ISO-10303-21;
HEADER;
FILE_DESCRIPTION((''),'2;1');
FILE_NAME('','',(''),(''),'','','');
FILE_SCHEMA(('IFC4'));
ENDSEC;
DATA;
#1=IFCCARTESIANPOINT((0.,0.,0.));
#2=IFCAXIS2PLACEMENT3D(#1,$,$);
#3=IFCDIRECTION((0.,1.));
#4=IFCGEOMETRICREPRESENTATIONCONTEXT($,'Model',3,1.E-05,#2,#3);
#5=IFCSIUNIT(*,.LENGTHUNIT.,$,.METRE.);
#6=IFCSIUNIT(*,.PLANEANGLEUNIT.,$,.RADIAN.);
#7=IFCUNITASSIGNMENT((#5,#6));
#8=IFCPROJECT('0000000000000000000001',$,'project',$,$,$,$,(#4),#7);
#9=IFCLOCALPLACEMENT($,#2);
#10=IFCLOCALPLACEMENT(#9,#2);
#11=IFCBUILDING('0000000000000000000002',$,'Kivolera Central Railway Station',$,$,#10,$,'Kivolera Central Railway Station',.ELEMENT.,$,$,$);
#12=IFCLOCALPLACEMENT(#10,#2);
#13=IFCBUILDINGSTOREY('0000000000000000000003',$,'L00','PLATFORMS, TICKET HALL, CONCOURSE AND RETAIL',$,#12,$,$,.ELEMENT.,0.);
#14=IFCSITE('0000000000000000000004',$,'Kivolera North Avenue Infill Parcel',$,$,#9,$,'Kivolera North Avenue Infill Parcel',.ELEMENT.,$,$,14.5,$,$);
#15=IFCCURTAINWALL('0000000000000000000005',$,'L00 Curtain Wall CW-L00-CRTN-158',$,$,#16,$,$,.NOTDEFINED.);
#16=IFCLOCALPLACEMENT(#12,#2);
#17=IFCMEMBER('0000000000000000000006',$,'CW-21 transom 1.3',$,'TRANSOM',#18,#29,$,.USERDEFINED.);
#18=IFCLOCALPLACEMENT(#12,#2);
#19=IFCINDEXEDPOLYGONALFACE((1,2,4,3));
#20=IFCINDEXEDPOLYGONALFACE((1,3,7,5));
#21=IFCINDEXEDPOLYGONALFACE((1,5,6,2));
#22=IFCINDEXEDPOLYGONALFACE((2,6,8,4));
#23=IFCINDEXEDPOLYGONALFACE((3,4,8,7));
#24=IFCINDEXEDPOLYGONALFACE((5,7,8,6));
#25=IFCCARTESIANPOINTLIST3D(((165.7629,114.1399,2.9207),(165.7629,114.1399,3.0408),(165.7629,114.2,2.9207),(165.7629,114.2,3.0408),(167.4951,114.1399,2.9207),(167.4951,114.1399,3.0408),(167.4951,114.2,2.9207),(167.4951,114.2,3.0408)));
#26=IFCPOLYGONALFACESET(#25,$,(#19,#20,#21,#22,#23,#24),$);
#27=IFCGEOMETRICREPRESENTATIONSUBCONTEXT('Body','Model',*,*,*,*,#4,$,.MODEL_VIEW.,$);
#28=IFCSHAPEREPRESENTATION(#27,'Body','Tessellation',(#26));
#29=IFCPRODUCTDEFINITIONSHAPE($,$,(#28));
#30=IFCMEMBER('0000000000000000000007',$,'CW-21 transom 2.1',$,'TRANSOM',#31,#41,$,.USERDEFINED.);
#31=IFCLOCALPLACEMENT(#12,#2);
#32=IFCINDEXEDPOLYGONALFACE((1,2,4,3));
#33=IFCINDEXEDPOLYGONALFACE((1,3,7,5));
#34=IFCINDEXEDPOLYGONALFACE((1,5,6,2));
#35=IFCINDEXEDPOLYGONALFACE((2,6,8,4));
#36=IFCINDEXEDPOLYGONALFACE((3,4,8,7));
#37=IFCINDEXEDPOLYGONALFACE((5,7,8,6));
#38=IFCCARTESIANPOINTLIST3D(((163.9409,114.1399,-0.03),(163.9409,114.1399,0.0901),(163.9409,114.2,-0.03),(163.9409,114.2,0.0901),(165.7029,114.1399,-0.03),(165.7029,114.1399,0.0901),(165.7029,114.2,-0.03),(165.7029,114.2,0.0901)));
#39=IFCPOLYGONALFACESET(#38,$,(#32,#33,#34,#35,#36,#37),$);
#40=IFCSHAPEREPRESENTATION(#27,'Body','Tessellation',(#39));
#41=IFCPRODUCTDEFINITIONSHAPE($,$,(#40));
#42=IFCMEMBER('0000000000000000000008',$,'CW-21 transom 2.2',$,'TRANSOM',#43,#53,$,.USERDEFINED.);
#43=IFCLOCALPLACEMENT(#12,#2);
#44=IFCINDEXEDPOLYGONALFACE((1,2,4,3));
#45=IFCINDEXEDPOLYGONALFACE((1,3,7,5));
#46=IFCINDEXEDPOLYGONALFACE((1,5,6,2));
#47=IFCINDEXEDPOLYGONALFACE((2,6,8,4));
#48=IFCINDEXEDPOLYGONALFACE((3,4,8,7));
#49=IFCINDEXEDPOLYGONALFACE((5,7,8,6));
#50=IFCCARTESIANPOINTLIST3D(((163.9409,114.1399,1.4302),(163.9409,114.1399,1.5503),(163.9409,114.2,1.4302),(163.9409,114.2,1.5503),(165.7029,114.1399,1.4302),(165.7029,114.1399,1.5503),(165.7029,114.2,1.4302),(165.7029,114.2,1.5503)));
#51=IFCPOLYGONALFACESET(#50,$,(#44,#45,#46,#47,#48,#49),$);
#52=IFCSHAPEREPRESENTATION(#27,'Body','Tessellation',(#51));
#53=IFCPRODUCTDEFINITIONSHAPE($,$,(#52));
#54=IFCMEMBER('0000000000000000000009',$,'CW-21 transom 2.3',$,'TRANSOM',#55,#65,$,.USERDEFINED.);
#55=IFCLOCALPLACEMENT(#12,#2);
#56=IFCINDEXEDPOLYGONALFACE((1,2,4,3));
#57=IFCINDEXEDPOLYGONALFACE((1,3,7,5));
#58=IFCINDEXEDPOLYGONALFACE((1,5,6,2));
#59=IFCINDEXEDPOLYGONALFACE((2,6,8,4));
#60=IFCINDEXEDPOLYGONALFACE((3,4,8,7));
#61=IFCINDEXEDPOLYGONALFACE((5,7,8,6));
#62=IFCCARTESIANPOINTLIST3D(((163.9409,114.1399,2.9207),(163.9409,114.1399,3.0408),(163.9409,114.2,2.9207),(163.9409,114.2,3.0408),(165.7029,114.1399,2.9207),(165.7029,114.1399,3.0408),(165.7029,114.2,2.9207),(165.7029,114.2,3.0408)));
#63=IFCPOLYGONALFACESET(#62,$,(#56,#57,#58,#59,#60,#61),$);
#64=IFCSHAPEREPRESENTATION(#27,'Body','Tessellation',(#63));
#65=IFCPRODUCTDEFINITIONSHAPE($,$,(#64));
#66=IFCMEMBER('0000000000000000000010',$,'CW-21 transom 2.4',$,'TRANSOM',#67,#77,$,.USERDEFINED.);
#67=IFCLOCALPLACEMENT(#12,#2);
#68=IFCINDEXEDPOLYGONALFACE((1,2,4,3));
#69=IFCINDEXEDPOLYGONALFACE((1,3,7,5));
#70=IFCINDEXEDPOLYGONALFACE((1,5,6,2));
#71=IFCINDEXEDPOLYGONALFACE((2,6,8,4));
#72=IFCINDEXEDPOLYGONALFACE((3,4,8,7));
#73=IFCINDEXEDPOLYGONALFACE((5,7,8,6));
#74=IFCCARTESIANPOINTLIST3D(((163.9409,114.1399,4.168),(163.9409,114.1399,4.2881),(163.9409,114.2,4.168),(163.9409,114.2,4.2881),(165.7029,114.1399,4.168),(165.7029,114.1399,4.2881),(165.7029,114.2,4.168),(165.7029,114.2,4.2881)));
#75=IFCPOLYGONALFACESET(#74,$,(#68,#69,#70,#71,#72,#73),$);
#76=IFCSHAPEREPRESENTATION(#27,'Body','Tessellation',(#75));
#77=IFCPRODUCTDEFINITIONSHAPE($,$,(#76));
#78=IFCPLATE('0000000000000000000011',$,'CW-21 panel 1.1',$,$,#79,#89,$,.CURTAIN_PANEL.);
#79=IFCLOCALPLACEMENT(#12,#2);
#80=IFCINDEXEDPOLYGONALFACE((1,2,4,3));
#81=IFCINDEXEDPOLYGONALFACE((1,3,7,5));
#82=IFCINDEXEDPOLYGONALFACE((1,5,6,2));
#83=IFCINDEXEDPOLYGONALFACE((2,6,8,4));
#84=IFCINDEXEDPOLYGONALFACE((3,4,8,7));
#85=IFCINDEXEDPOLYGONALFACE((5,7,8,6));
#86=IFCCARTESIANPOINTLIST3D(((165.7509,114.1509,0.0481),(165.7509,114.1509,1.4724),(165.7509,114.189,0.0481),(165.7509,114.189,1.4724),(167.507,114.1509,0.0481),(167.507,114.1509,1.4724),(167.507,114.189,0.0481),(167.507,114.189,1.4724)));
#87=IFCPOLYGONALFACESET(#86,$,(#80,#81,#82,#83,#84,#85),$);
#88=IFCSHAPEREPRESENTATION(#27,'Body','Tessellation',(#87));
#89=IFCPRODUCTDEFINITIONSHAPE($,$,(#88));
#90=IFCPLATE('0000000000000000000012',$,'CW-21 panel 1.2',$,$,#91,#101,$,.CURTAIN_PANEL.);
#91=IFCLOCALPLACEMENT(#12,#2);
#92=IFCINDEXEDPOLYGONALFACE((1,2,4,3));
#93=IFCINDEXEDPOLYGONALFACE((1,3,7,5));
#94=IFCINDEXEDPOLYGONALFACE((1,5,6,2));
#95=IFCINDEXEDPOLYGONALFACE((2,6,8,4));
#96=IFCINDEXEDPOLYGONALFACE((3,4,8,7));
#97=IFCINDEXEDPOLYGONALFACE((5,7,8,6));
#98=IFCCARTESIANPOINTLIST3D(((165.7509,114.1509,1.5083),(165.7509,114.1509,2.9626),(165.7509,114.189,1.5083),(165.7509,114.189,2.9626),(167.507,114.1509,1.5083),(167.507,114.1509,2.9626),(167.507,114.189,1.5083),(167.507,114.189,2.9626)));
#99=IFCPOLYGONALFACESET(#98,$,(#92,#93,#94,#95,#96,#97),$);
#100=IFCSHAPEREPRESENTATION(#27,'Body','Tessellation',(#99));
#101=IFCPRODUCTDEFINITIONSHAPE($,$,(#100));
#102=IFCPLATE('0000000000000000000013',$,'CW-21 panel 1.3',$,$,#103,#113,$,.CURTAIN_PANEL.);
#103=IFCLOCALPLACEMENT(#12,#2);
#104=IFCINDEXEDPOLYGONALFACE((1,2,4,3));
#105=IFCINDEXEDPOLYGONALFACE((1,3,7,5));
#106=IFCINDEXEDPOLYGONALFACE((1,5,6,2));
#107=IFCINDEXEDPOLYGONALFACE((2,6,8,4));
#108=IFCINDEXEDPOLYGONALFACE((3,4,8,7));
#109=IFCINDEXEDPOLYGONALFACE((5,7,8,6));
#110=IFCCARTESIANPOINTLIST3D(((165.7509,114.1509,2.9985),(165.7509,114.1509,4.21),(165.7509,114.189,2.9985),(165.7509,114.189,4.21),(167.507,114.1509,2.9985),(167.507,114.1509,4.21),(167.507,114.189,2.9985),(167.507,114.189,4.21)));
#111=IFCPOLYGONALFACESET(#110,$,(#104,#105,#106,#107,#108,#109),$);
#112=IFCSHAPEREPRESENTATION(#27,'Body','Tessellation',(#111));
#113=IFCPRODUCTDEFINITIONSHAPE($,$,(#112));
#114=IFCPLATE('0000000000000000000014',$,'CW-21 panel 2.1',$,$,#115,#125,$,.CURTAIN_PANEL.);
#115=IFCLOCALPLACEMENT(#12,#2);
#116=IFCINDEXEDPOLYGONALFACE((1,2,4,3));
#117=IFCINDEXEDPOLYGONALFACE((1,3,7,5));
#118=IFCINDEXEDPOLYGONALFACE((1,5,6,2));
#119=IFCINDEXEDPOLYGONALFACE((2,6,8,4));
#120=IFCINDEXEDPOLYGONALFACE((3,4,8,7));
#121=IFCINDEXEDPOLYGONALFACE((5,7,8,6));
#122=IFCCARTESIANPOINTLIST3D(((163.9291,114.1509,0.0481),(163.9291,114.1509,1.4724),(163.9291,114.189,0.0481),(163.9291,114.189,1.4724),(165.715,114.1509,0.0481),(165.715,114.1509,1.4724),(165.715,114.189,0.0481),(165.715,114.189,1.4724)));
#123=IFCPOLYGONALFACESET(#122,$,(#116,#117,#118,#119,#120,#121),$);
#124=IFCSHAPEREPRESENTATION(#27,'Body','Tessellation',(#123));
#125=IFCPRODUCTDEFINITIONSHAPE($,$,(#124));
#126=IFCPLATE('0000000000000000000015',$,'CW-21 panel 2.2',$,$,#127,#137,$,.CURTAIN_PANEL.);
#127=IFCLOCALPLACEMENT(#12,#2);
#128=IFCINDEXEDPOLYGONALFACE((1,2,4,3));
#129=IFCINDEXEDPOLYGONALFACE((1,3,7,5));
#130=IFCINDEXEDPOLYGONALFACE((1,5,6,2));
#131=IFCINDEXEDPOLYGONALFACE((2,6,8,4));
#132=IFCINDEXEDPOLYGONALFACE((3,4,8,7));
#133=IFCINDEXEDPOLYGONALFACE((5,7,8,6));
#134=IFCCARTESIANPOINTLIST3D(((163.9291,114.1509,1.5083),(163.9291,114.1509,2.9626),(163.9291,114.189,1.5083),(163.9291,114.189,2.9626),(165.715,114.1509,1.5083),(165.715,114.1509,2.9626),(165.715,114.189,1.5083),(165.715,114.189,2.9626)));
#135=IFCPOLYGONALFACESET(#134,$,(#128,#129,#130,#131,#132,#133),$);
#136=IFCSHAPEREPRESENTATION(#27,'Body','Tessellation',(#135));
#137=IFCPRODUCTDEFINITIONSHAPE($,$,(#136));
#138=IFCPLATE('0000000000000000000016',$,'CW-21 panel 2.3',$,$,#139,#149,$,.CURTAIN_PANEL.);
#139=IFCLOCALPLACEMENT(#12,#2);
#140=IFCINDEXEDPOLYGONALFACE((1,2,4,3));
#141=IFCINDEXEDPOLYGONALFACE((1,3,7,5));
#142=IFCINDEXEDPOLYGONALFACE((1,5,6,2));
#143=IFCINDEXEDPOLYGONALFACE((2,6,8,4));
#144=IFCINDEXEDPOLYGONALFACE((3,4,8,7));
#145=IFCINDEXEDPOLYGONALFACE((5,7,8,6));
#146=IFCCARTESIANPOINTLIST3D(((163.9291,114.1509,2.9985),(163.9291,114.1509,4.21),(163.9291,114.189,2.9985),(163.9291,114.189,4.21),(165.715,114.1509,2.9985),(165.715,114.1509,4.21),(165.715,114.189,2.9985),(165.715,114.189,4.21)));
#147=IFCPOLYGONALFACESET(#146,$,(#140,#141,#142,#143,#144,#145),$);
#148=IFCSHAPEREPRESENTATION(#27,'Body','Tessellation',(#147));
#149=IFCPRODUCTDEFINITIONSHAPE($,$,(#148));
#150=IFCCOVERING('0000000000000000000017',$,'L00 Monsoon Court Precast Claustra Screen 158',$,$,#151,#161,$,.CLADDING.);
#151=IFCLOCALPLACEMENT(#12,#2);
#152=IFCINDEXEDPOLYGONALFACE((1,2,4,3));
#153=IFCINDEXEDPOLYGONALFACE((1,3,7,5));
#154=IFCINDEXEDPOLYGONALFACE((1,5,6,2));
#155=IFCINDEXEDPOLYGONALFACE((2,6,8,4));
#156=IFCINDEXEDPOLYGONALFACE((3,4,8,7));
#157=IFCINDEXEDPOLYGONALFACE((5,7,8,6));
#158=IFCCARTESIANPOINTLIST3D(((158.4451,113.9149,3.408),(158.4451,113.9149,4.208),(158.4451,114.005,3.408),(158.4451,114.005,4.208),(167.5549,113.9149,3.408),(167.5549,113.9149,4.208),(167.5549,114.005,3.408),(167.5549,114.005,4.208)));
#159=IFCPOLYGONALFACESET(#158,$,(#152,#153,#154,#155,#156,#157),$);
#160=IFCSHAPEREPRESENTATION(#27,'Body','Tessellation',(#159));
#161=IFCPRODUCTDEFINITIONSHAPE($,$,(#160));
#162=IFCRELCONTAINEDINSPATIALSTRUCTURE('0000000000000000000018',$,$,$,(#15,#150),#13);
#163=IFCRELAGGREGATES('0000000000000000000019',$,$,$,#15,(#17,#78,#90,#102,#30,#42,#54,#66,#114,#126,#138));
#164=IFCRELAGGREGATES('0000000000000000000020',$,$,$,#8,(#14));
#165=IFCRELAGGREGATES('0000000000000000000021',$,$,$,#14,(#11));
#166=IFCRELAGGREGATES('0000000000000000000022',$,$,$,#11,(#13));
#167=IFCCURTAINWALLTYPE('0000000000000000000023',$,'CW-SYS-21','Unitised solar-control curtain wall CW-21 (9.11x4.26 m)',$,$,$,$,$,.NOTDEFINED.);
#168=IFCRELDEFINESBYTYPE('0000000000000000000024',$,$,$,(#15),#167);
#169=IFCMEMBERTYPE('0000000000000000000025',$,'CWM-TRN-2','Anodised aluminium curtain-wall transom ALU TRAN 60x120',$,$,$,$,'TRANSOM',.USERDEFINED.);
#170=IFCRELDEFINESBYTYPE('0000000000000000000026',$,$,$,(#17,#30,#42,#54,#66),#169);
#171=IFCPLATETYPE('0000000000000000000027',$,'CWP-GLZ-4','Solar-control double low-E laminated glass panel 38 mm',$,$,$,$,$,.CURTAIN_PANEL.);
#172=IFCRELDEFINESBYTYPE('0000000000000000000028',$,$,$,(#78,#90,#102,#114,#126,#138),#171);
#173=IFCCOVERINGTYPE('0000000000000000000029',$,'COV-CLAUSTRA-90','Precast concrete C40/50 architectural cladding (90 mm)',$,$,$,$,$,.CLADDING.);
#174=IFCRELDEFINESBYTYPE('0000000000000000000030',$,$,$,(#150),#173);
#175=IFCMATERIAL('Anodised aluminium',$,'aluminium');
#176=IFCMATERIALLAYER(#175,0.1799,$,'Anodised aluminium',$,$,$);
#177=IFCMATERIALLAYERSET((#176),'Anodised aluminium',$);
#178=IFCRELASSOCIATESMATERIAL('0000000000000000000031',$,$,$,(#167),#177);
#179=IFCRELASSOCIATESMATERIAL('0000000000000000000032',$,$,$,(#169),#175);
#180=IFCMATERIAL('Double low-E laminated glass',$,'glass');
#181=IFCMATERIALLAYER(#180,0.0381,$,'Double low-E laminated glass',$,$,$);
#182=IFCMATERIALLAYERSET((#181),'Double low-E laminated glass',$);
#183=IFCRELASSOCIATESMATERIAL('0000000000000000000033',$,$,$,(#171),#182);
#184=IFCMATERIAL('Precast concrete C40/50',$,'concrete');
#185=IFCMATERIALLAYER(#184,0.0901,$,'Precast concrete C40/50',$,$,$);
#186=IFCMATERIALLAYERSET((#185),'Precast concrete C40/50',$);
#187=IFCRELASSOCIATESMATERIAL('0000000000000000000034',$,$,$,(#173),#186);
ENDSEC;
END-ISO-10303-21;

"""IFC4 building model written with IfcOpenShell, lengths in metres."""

from ifc_helpers import new_model, si_unit, direction, frame, frame_2d, origin, origin_2d, place, context, subcontext, project, spatial, rectangle, extrude, material, layer, layer_set, material_profile, profile_set, type_object, element, aggregate, save


model = new_model("IFC4")

# Units and contexts
model_context = context("Model", 3, precision=1e-05, world=origin(), true_north=direction((0.0, 1.0)))
body_context = subcontext(model_context, "Body", "Model", "MODEL_VIEW")
ifc_project = project(units=[si_unit("LENGTHUNIT", "METRE"), si_unit("PLANEANGLEUNIT", "RADIAN")], contexts=[model_context])

# Site, building, storey
site_placement = place(None, origin())
site = spatial("IfcSite", under=ifc_project, at=site_placement, Name="Kivolera North Avenue Infill Parcel", LongName="Kivolera North Avenue Infill Parcel", CompositionType="ELEMENT", RefElevation=14.5)
building_placement = place(site_placement, origin())
building = spatial("IfcBuilding", under=site, at=building_placement, Name="Kivolera Central Railway Station", LongName="Kivolera Central Railway Station", CompositionType="ELEMENT")
storey_placement = place(building_placement, origin())
storey = spatial("IfcBuildingStorey", under=building, at=storey_placement, Name="L00", Description="PLATFORMS, TICKET HALL, CONCOURSE AND RETAIL", CompositionType="ELEMENT", Elevation=0.0)

# Curtain wall, members, plates
ifc_material_1 = material(Name="Anodised aluminium", Category="aluminium")
ifc_layer_1 = layer(ifc_material_1, 0.1799, Name="Anodised aluminium")
ifc_layer_set_1 = layer_set([ifc_layer_1], Name="Anodised aluminium")
curtain_wall_type = type_object("IfcCurtainWallType", Name="CW-SYS-21", Description="Unitised solar-control curtain wall CW-21 (9.11x4.26 m)", PredefinedType="NOTDEFINED", material=ifc_layer_set_1)
curtain_wall_placement = place(storey_placement, origin())
curtain_wall = element("IfcCurtainWall", 1, at=curtain_wall_placement, inside=storey, type_object=curtain_wall_type, Name="L00 Curtain Wall CW-L00-CRTN-158", PredefinedType="NOTDEFINED")
ifc_material_profile_1 = material_profile(ifc_material_1, rectangle(XDim=0.0601, YDim=0.1201, at=origin_2d()), Name="ALU TRAN 60x120")
ifc_profile_set_1 = profile_set([ifc_material_profile_1], Name="Anodised aluminium")
member_type_1 = type_object("IfcMemberType", Name="CWM-TRN-2", Description="Anodised aluminium curtain-wall transom ALU TRAN 60x120", ElementType="TRANSOM", PredefinedType="USERDEFINED", material=ifc_profile_set_1)
member_1_placement = place(storey_placement, frame((167.4951, 114.1699, 2.9807), z_axis=(-1.0, 0.0, 0.0), x_axis=(0.0, -1.0, 0.0)))
member_1 = element("IfcMember", 2, at=member_1_placement, type_object=member_type_1, Name="CW-21 transom 1.3", ObjectType="TRANSOM", PredefinedType="USERDEFINED", context=body_context, shape_type="SweptSolid", body=[
    extrude(rectangle(XDim=0.0601, YDim=0.1201, at=origin_2d()), origin(), (0.0, 0.0, 1.0), 1.7322),
])
member_2_placement = place(storey_placement, frame((165.7029, 114.1699, 0.03), z_axis=(-1.0, 0.0, 0.0), x_axis=(0.0, -1.0, 0.0)))
member_2 = element("IfcMember", 3, at=member_2_placement, type_object=member_type_1, Name="CW-21 transom 2.1", ObjectType="TRANSOM", PredefinedType="USERDEFINED", context=body_context, shape_type="SweptSolid", body=[
    extrude(rectangle(XDim=0.0601, YDim=0.1201, at=origin_2d()), origin(), (0.0, 0.0, 1.0), 1.762),
])
member_3_placement = place(storey_placement, frame((165.7029, 114.1699, 1.4902), z_axis=(-1.0, 0.0, 0.0), x_axis=(0.0, -1.0, 0.0)))
member_3 = element("IfcMember", 4, at=member_3_placement, type_object=member_type_1, Name="CW-21 transom 2.2", ObjectType="TRANSOM", PredefinedType="USERDEFINED", context=body_context, shape_type="SweptSolid", body=[
    extrude(rectangle(XDim=0.0601, YDim=0.1201, at=origin_2d()), origin(), (0.0, 0.0, 1.0), 1.762),
])
member_4_placement = place(storey_placement, frame((165.7029, 114.1699, 2.9807), z_axis=(-1.0, 0.0, 0.0), x_axis=(0.0, -1.0, 0.0)))
member_4 = element("IfcMember", 5, at=member_4_placement, type_object=member_type_1, Name="CW-21 transom 2.3", ObjectType="TRANSOM", PredefinedType="USERDEFINED", context=body_context, shape_type="SweptSolid", body=[
    extrude(rectangle(XDim=0.0601, YDim=0.1201, at=origin_2d()), origin(), (0.0, 0.0, 1.0), 1.762),
])
member_5_placement = place(storey_placement, frame((165.7029, 114.1699, 4.228), z_axis=(-1.0, 0.0, 0.0), x_axis=(0.0, -1.0, 0.0)))
member_5 = element("IfcMember", 6, at=member_5_placement, type_object=member_type_1, Name="CW-21 transom 2.4", ObjectType="TRANSOM", PredefinedType="USERDEFINED", context=body_context, shape_type="SweptSolid", body=[
    extrude(rectangle(XDim=0.0601, YDim=0.1201, at=origin_2d()), origin(), (0.0, 0.0, 1.0), 1.762),
])
ifc_material_2 = material(Name="Double low-E laminated glass", Category="glass")
ifc_layer_2 = layer(ifc_material_2, 0.0381, Name="Double low-E laminated glass")
ifc_layer_set_2 = layer_set([ifc_layer_2], Name="Double low-E laminated glass")
plate_type = type_object("IfcPlateType", Name="CWP-GLZ-4", Description="Solar-control double low-E laminated glass panel 38 mm", PredefinedType="CURTAIN_PANEL", material=ifc_layer_set_2)
plate_1_placement = place(storey_placement, frame((166.6289, 114.1699, 0.0481), z_axis=(0.0, 0.0, 1.0), x_axis=(-1.0, 0.0, 0.0)))
plate_1 = element("IfcPlate", 7, at=plate_1_placement, type_object=plate_type, Name="CW-21 panel 1.1", PredefinedType="CURTAIN_PANEL", context=body_context, shape_type="SweptSolid", body=[
    extrude(rectangle(XDim=1.7561, YDim=0.0381, at=origin_2d()), origin(), (0.0, 0.0, 1.0), 1.4243),
])
plate_2_placement = place(storey_placement, frame((166.6289, 114.1699, 1.5083), z_axis=(0.0, 0.0, 1.0), x_axis=(-1.0, 0.0, 0.0)))
plate_2 = element("IfcPlate", 8, at=plate_2_placement, type_object=plate_type, Name="CW-21 panel 1.2", PredefinedType="CURTAIN_PANEL", context=body_context, shape_type="SweptSolid", body=[
    extrude(rectangle(XDim=1.7561, YDim=0.0381, at=origin_2d()), origin(), (0.0, 0.0, 1.0), 1.4543),
])
plate_3_placement = place(storey_placement, frame((166.6289, 114.1699, 2.9985), z_axis=(0.0, 0.0, 1.0), x_axis=(-1.0, 0.0, 0.0)))
plate_3 = element("IfcPlate", 9, at=plate_3_placement, type_object=plate_type, Name="CW-21 panel 1.3", PredefinedType="CURTAIN_PANEL", context=body_context, shape_type="SweptSolid", body=[
    extrude(rectangle(XDim=1.7561, YDim=0.0381, at=origin_2d()), origin(), (0.0, 0.0, 1.0), 1.2114),
])
plate_4_placement = place(storey_placement, frame((164.822, 114.1699, 0.0481), z_axis=(0.0, 0.0, 1.0), x_axis=(-1.0, 0.0, 0.0)))
plate_4 = element("IfcPlate", 10, at=plate_4_placement, type_object=plate_type, Name="CW-21 panel 2.1", PredefinedType="CURTAIN_PANEL", context=body_context, shape_type="SweptSolid", body=[
    extrude(rectangle(XDim=1.7859, YDim=0.0381, at=origin_2d()), origin(), (0.0, 0.0, 1.0), 1.4243),
])
plate_5_placement = place(storey_placement, frame((164.822, 114.1699, 1.5083), z_axis=(0.0, 0.0, 1.0), x_axis=(-1.0, 0.0, 0.0)))
plate_5 = element("IfcPlate", 11, at=plate_5_placement, type_object=plate_type, Name="CW-21 panel 2.2", PredefinedType="CURTAIN_PANEL", context=body_context, shape_type="SweptSolid", body=[
    extrude(rectangle(XDim=1.7859, YDim=0.0381, at=origin_2d()), origin(), (0.0, 0.0, 1.0), 1.4543),
])
plate_6_placement = place(storey_placement, frame((164.822, 114.1699, 2.9985), z_axis=(0.0, 0.0, 1.0), x_axis=(-1.0, 0.0, 0.0)))
plate_6 = element("IfcPlate", 12, at=plate_6_placement, type_object=plate_type, Name="CW-21 panel 2.3", PredefinedType="CURTAIN_PANEL", context=body_context, shape_type="SweptSolid", body=[
    extrude(rectangle(XDim=1.7859, YDim=0.0381, at=origin_2d()), origin(), (0.0, 0.0, 1.0), 1.2114),
])
aggregate(curtain_wall, [member_1, plate_1, plate_2, plate_3, member_2, member_3, member_4, member_5, plate_4, plate_5, plate_6])

# Covering
ifc_material_3 = material(Name="Precast concrete C40/50", Category="concrete")
ifc_layer_3 = layer(ifc_material_3, 0.0901, Name="Precast concrete C40/50")
ifc_layer_set_3 = layer_set([ifc_layer_3], Name="Precast concrete C40/50")
covering_type = type_object("IfcCoveringType", Name="COV-CLAUSTRA-90", Description="Precast concrete C40/50 architectural cladding (90 mm)", PredefinedType="CLADDING", material=ifc_layer_set_3)
covering_placement = place(storey_placement, frame((167.5549, 113.96, 3.408), z_axis=(0.0, 0.0, 1.0), x_axis=(-1.0, 0.0, 0.0)))
element("IfcCovering", 13, at=covering_placement, inside=storey, type_object=covering_type, Name="L00 Monsoon Court Precast Claustra Screen 158", PredefinedType="CLADDING", context=body_context, shape_type="SweptSolid", body=[
    extrude(rectangle(XDim=9.1099, YDim=0.0901, at=frame_2d((4.5549, 0.0))), origin(), (0.0, 0.0, 1.0), 0.8),
])

save(model, "model.ifc")
